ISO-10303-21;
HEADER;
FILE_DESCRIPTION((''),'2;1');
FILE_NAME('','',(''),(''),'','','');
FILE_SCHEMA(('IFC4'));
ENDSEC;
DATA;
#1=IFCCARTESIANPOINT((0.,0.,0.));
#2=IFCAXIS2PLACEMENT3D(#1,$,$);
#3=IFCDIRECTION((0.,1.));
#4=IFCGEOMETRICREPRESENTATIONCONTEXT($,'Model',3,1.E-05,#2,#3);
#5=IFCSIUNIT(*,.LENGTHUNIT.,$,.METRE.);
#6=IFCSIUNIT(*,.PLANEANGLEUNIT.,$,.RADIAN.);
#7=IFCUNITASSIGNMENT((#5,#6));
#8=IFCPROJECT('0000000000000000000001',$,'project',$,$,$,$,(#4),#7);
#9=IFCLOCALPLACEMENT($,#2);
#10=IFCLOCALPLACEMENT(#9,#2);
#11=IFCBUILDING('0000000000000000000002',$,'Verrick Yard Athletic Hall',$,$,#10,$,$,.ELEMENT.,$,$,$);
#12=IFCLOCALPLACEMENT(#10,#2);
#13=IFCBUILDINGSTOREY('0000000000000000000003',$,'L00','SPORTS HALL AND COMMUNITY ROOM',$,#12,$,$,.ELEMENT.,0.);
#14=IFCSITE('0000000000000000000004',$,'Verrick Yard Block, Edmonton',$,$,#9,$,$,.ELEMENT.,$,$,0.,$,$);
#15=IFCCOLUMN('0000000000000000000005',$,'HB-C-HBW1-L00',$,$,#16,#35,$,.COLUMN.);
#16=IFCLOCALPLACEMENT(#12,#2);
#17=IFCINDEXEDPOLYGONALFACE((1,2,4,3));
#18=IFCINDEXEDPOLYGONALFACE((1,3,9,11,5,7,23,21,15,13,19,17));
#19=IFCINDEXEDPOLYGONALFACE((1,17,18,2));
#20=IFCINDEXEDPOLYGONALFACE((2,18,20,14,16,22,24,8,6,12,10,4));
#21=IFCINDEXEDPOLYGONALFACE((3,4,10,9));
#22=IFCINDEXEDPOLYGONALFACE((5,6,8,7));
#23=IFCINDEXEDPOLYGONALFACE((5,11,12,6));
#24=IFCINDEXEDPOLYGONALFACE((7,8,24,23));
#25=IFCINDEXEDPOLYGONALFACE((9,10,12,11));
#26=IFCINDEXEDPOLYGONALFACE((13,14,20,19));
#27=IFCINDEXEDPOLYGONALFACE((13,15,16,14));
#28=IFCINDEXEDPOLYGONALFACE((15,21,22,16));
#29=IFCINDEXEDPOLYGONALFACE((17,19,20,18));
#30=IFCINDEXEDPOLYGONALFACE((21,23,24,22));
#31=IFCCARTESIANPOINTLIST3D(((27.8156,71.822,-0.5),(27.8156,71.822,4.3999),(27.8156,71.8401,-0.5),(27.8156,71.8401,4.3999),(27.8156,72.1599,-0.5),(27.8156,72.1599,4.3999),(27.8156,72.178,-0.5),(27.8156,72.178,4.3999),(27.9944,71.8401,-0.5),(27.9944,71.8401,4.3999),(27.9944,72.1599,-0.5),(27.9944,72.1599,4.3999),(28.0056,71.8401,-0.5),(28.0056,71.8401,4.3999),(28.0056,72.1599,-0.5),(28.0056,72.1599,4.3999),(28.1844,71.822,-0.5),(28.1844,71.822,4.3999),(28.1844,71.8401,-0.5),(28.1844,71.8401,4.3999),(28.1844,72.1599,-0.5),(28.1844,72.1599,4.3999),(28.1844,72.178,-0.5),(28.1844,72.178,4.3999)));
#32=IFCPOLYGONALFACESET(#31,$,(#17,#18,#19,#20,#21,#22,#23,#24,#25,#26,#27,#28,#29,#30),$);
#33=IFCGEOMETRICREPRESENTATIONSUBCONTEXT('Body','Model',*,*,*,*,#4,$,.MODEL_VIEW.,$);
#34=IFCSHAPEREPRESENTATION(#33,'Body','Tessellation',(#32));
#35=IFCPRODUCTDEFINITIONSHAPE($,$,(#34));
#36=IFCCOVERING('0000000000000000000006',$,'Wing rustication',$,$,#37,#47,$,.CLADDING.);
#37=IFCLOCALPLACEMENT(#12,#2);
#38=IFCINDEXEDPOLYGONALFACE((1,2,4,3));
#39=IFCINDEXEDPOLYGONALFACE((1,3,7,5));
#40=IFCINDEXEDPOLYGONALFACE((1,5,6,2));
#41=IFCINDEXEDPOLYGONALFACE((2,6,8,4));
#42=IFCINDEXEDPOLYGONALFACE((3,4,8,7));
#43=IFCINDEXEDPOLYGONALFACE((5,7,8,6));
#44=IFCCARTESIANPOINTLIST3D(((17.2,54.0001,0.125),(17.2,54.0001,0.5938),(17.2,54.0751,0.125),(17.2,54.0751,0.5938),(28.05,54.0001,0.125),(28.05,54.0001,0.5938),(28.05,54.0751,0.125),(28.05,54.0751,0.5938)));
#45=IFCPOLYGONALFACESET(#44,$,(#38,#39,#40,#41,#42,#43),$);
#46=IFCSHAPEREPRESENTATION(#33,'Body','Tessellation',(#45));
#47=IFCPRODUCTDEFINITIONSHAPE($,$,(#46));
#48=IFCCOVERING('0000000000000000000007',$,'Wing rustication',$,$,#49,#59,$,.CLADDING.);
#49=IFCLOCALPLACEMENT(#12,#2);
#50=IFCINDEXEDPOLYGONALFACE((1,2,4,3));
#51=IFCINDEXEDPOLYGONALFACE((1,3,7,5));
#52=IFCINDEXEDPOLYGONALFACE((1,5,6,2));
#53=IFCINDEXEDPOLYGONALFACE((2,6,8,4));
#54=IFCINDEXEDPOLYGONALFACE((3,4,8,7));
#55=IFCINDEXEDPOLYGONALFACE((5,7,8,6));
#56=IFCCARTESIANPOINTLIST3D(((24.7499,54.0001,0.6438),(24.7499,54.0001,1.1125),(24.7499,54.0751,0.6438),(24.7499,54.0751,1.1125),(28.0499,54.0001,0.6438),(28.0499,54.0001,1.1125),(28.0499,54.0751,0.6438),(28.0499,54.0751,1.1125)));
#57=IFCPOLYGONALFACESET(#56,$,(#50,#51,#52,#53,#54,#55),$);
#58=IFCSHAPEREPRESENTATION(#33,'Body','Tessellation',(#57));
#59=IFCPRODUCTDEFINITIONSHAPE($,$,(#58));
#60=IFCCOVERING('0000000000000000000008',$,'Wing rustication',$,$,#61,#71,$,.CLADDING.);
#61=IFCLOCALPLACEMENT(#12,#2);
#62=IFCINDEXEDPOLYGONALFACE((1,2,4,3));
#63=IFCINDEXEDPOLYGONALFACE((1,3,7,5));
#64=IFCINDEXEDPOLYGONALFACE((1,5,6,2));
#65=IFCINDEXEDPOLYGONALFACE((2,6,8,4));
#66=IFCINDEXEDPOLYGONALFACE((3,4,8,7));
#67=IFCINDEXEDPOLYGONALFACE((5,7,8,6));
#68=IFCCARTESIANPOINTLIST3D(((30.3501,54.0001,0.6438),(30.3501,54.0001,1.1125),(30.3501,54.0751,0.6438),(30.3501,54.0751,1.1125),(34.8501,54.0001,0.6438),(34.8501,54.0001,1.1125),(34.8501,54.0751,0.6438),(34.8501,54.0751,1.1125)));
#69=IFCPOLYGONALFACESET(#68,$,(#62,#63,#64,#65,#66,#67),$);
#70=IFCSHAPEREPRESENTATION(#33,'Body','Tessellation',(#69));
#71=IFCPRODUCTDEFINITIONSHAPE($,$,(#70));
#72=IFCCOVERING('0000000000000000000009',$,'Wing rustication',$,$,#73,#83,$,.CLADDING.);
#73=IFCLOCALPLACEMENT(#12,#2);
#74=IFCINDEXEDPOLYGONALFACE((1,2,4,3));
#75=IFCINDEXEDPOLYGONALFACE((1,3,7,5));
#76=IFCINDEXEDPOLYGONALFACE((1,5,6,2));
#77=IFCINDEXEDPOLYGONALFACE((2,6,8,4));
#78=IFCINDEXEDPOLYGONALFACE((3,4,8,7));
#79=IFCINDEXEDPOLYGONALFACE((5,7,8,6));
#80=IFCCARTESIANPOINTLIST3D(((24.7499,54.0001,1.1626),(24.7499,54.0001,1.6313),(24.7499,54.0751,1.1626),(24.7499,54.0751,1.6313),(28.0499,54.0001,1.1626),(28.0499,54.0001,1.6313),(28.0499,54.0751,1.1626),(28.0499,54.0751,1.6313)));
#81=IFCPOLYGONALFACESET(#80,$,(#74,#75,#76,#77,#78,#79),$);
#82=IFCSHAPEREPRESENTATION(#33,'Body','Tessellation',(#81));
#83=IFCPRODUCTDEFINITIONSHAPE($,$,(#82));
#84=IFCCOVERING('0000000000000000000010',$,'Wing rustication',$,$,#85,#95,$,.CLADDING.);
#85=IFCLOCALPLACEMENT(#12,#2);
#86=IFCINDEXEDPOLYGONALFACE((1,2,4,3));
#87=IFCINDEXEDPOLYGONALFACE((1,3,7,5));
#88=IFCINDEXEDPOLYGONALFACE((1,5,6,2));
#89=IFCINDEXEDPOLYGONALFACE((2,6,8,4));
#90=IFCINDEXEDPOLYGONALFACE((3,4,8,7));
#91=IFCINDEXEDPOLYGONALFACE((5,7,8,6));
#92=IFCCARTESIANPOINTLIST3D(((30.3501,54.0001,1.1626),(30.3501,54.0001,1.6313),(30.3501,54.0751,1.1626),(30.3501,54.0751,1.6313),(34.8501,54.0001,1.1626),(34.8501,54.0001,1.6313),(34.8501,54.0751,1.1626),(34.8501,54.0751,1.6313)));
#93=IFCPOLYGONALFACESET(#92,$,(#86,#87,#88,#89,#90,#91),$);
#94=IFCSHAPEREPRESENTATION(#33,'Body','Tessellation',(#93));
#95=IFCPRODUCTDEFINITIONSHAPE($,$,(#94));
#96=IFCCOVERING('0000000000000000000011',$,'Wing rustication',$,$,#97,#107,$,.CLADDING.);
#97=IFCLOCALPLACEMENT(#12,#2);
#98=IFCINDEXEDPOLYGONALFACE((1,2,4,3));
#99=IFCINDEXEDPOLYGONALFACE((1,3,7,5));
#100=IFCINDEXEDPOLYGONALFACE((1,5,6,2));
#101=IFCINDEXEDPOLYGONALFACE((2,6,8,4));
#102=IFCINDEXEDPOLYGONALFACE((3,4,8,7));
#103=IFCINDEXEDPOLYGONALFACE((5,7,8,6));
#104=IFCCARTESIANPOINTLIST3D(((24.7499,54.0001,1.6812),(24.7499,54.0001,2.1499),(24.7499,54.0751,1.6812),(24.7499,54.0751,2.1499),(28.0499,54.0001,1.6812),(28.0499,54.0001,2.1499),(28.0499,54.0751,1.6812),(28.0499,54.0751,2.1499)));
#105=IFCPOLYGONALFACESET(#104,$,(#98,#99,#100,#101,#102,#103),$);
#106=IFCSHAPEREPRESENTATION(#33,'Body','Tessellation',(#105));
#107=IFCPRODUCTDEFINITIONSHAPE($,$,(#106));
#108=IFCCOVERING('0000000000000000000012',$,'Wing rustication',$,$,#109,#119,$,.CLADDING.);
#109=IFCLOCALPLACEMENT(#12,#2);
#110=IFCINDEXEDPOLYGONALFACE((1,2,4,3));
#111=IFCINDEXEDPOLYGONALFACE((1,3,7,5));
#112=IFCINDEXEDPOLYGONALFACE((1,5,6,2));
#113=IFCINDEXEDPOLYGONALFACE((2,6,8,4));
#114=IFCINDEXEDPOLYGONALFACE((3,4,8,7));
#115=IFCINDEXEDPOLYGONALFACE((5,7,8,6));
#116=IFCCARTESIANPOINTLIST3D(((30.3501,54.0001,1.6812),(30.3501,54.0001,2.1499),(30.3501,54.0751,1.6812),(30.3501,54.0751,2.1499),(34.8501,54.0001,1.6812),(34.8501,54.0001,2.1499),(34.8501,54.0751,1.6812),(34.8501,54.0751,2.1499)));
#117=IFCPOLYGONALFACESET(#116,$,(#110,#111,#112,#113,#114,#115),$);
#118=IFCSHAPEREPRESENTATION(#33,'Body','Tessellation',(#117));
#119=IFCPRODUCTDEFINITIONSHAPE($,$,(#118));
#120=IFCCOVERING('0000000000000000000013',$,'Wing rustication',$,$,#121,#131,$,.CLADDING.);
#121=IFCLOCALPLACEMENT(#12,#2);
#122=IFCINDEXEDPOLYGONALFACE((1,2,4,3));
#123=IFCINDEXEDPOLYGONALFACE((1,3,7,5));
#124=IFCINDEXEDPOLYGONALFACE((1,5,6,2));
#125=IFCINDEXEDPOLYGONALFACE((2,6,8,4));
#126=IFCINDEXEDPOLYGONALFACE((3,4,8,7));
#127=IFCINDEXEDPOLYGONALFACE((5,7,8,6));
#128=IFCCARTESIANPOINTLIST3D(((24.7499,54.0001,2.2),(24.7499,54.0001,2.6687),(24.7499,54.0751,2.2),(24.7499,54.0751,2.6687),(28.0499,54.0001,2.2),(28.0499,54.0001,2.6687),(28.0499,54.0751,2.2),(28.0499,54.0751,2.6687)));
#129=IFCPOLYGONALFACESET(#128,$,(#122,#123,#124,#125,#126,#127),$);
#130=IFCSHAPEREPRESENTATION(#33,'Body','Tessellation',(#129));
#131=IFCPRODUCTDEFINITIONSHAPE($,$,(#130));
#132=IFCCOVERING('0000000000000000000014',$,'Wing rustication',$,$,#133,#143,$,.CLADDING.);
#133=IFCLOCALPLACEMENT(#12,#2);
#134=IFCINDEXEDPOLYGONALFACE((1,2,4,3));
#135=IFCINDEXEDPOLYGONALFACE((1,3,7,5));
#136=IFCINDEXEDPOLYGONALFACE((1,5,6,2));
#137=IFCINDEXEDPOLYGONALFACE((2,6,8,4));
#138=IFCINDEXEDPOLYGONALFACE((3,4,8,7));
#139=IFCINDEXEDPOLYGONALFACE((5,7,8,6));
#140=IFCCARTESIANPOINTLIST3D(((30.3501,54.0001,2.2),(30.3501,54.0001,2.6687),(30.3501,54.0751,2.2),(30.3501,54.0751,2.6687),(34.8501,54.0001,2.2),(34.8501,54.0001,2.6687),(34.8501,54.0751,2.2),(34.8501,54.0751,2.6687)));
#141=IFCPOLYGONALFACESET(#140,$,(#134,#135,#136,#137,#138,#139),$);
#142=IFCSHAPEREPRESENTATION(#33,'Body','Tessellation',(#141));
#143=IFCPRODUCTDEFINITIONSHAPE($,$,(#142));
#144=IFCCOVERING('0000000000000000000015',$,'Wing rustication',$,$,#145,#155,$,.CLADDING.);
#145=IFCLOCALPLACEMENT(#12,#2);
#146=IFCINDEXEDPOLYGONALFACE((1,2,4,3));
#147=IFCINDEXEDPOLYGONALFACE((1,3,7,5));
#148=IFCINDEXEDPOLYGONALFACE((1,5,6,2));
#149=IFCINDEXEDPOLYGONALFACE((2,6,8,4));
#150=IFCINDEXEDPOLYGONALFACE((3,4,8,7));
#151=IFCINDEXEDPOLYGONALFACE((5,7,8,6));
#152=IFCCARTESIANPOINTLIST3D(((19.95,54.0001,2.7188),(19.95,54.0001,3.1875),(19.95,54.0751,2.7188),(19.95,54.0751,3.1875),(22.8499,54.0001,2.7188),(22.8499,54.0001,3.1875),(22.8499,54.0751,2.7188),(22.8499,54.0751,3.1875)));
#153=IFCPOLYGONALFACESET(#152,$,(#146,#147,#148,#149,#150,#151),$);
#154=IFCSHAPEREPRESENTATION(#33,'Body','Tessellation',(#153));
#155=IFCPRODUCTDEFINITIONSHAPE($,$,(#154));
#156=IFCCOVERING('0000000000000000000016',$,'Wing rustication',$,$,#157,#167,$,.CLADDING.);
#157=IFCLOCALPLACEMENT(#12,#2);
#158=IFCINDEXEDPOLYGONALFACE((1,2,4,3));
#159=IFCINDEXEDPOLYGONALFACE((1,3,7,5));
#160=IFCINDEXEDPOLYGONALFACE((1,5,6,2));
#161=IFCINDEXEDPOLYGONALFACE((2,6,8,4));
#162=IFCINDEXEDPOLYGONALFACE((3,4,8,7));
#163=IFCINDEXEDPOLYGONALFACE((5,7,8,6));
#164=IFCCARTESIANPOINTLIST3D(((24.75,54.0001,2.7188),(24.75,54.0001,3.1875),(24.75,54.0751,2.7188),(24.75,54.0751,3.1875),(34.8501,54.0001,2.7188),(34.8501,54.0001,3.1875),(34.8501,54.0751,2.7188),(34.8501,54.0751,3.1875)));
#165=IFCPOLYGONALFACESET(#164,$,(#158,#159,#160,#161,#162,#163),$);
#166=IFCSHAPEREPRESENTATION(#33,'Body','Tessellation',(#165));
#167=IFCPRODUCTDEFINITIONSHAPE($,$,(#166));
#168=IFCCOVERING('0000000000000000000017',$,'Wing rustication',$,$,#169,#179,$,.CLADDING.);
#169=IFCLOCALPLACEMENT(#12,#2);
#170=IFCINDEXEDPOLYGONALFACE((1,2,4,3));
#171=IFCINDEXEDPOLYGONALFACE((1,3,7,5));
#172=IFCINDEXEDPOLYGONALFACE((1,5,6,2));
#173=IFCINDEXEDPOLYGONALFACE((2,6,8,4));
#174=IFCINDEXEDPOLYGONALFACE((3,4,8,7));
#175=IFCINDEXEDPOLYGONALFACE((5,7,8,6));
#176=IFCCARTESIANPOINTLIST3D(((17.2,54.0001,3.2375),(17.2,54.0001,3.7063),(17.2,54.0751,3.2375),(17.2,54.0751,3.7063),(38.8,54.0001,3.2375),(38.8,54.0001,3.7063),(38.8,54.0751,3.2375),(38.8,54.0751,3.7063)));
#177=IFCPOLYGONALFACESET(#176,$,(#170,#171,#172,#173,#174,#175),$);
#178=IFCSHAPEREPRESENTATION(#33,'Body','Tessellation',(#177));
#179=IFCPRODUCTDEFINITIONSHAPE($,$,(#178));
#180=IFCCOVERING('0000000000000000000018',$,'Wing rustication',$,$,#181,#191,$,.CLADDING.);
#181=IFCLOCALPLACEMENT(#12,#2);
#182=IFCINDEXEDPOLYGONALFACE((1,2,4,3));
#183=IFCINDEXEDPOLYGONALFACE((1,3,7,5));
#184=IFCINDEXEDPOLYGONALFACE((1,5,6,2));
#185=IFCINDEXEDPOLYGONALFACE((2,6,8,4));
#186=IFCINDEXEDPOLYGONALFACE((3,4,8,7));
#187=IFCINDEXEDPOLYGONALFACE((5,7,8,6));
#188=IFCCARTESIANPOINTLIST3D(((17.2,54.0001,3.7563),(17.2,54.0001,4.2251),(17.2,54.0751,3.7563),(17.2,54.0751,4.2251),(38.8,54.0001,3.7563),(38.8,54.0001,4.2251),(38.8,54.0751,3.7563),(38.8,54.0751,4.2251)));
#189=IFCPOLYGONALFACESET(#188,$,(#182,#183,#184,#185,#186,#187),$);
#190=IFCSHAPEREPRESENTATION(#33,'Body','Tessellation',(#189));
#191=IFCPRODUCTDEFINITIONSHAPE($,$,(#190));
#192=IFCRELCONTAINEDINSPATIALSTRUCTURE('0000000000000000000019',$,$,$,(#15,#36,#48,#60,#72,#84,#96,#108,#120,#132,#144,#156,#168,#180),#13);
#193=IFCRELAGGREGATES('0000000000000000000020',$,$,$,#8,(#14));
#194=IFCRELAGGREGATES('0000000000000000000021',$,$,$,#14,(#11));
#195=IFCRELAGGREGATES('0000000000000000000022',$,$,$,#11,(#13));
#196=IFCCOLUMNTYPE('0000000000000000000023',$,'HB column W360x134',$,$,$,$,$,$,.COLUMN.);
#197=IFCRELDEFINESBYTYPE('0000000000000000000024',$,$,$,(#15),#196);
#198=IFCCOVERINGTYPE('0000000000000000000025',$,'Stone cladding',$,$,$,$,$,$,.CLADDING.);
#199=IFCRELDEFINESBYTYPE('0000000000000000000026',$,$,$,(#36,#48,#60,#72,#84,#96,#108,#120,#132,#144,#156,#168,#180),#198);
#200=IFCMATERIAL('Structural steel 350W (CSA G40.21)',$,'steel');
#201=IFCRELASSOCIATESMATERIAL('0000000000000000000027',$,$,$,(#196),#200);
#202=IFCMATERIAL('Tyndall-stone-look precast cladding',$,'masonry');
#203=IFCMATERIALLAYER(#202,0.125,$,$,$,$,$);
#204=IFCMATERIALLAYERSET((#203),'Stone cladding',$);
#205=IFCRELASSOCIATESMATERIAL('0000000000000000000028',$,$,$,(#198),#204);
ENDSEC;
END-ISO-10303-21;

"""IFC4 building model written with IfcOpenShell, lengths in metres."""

from ifc_helpers import new_model, si_unit, direction, frame, origin, origin_2d, place, context, subcontext, project, spatial, rectangle, i_section, extrude, material, layer, layer_set, material_profile, profile_set, type_object, element, save


model = new_model("IFC4")

# Units and contexts
model_context = context("Model", 3, precision=1e-05, world=origin(), true_north=direction((0.0, 1.0)))
body_context = subcontext(model_context, "Body", "Model", "MODEL_VIEW")
ifc_project = project(units=[si_unit("LENGTHUNIT", "METRE"), si_unit("PLANEANGLEUNIT", "RADIAN")], contexts=[model_context])

# Site, building, storey
site_placement = place(None, origin())
site = spatial("IfcSite", under=ifc_project, at=site_placement, Name="Verrick Yard Block, Edmonton", CompositionType="ELEMENT", RefElevation=0.0)
building_placement = place(site_placement, origin())
building = spatial("IfcBuilding", under=site, at=building_placement, Name="Verrick Yard Athletic Hall", CompositionType="ELEMENT")
storey_placement = place(building_placement, origin())
storey = spatial("IfcBuildingStorey", under=building, at=storey_placement, Name="L00", Description="SPORTS HALL AND COMMUNITY ROOM", CompositionType="ELEMENT", Elevation=0.0)

# Column
ifc_material_1 = material(Name="Structural steel 350W (CSA G40.21)", Category="steel")
ifc_material_profile_1 = material_profile(ifc_material_1, i_section(OverallWidth=0.3689, OverallDepth=0.356, WebThickness=0.0112, FlangeThickness=0.0181, at=origin_2d()), Name="W360x134")
ifc_profile_set_1 = profile_set([ifc_material_profile_1], Name="Structural steel 350W (CSA G40.21)")
column_type = type_object("IfcColumnType", Name="HB column W360x134", PredefinedType="COLUMN", material=ifc_profile_set_1)
column_placement = place(storey_placement, frame((28.0, 72.0, -0.5), z_axis=(0.0, 0.0, 1.0), x_axis=(1.0, 0.0, 0.0)))
element("IfcColumn", 1, at=column_placement, inside=storey, type_object=column_type, Name="HB-C-HBW1-L00", PredefinedType="COLUMN", context=body_context, shape_type="SweptSolid", body=[
    extrude(i_section(OverallWidth=0.3689, OverallDepth=0.356, WebThickness=0.0112, FlangeThickness=0.0181, at=origin_2d()), origin(), (0.0, 0.0, 1.0), 4.8999),
])

# Coverings
ifc_material_2 = material(Name="Tyndall-stone-look precast cladding", Category="masonry")
ifc_layer_1 = layer(ifc_material_2, 0.125)
ifc_layer_set_1 = layer_set([ifc_layer_1], Name="Stone cladding")
covering_type_1 = type_object("IfcCoveringType", Name="Stone cladding", PredefinedType="CLADDING", material=ifc_layer_set_1)
covering_1_placement = place(storey_placement, frame((22.625, 54.0376, 0.125), z_axis=(0.0, 0.0, 1.0), x_axis=(1.0, 0.0, 0.0)))
element("IfcCovering", 2, at=covering_1_placement, inside=storey, type_object=covering_type_1, Name="Wing rustication", PredefinedType="CLADDING", context=body_context, shape_type="SweptSolid", body=[
    extrude(rectangle(XDim=10.8501, YDim=0.075, at=origin_2d()), origin(), (0.0, 0.0, 1.0), 0.4688),
])
covering_2_placement = place(storey_placement, frame((26.3999, 54.0376, 0.6438), z_axis=(0.0, 0.0, 1.0), x_axis=(1.0, 0.0, 0.0)))
element("IfcCovering", 3, at=covering_2_placement, inside=storey, type_object=covering_type_1, Name="Wing rustication", PredefinedType="CLADDING", context=body_context, shape_type="SweptSolid", body=[
    extrude(rectangle(XDim=3.3, YDim=0.075, at=origin_2d()), origin(), (0.0, 0.0, 1.0), 0.4688),
])
covering_3_placement = place(storey_placement, frame((32.6001, 54.0376, 0.6438), z_axis=(0.0, 0.0, 1.0), x_axis=(1.0, 0.0, 0.0)))
element("IfcCovering", 4, at=covering_3_placement, inside=storey, type_object=covering_type_1, Name="Wing rustication", PredefinedType="CLADDING", context=body_context, shape_type="SweptSolid", body=[
    extrude(rectangle(XDim=4.5, YDim=0.075, at=origin_2d()), origin(), (0.0, 0.0, 1.0), 0.4688),
])
covering_4_placement = place(storey_placement, frame((26.3999, 54.0376, 1.1626), z_axis=(0.0, 0.0, 1.0), x_axis=(1.0, 0.0, 0.0)))
element("IfcCovering", 5, at=covering_4_placement, inside=storey, type_object=covering_type_1, Name="Wing rustication", PredefinedType="CLADDING", context=body_context, shape_type="SweptSolid", body=[
    extrude(rectangle(XDim=3.3, YDim=0.075, at=origin_2d()), origin(), (0.0, 0.0, 1.0), 0.4688),
])
covering_5_placement = place(storey_placement, frame((32.6001, 54.0376, 1.1626), z_axis=(0.0, 0.0, 1.0), x_axis=(1.0, 0.0, 0.0)))
element("IfcCovering", 6, at=covering_5_placement, inside=storey, type_object=covering_type_1, Name="Wing rustication", PredefinedType="CLADDING", context=body_context, shape_type="SweptSolid", body=[
    extrude(rectangle(XDim=4.5, YDim=0.075, at=origin_2d()), origin(), (0.0, 0.0, 1.0), 0.4688),
])
covering_6_placement = place(storey_placement, frame((26.3999, 54.0376, 1.6812), z_axis=(0.0, 0.0, 1.0), x_axis=(1.0, 0.0, 0.0)))
element("IfcCovering", 7, at=covering_6_placement, inside=storey, type_object=covering_type_1, Name="Wing rustication", PredefinedType="CLADDING", context=body_context, shape_type="SweptSolid", body=[
    extrude(rectangle(XDim=3.3, YDim=0.075, at=origin_2d()), origin(), (0.0, 0.0, 1.0), 0.4688),
])
covering_7_placement = place(storey_placement, frame((32.6001, 54.0376, 1.6812), z_axis=(0.0, 0.0, 1.0), x_axis=(1.0, 0.0, 0.0)))
element("IfcCovering", 8, at=covering_7_placement, inside=storey, type_object=covering_type_1, Name="Wing rustication", PredefinedType="CLADDING", context=body_context, shape_type="SweptSolid", body=[
    extrude(rectangle(XDim=4.5, YDim=0.075, at=origin_2d()), origin(), (0.0, 0.0, 1.0), 0.4688),
])
covering_8_placement = place(storey_placement, frame((26.3999, 54.0376, 2.2), z_axis=(0.0, 0.0, 1.0), x_axis=(1.0, 0.0, 0.0)))
element("IfcCovering", 9, at=covering_8_placement, inside=storey, type_object=covering_type_1, Name="Wing rustication", PredefinedType="CLADDING", context=body_context, shape_type="SweptSolid", body=[
    extrude(rectangle(XDim=3.3, YDim=0.075, at=origin_2d()), origin(), (0.0, 0.0, 1.0), 0.4688),
])
covering_9_placement = place(storey_placement, frame((32.6001, 54.0376, 2.2), z_axis=(0.0, 0.0, 1.0), x_axis=(1.0, 0.0, 0.0)))
element("IfcCovering", 10, at=covering_9_placement, inside=storey, type_object=covering_type_1, Name="Wing rustication", PredefinedType="CLADDING", context=body_context, shape_type="SweptSolid", body=[
    extrude(rectangle(XDim=4.5, YDim=0.075, at=origin_2d()), origin(), (0.0, 0.0, 1.0), 0.4688),
])
covering_10_placement = place(storey_placement, frame((21.3999, 54.0376, 2.7188), z_axis=(0.0, 0.0, 1.0), x_axis=(1.0, 0.0, 0.0)))
element("IfcCovering", 11, at=covering_10_placement, inside=storey, type_object=covering_type_1, Name="Wing rustication", PredefinedType="CLADDING", context=body_context, shape_type="SweptSolid", body=[
    extrude(rectangle(XDim=2.8999, YDim=0.075, at=origin_2d()), origin(), (0.0, 0.0, 1.0), 0.4688),
])
covering_11_placement = place(storey_placement, frame((29.8, 54.0376, 2.7188), z_axis=(0.0, 0.0, 1.0), x_axis=(1.0, 0.0, 0.0)))
element("IfcCovering", 12, at=covering_11_placement, inside=storey, type_object=covering_type_1, Name="Wing rustication", PredefinedType="CLADDING", context=body_context, shape_type="SweptSolid", body=[
    extrude(rectangle(XDim=10.1001, YDim=0.075, at=origin_2d()), origin(), (0.0, 0.0, 1.0), 0.4688),
])
for number, where, z_axis, x_axis, name in (
    (13, (28.0, 54.0376, 3.2375), (0.0, 0.0, 1.0), (1.0, 0.0, 0.0), "Wing rustication"),
    (14, (28.0, 54.0376, 3.7563), (0.0, 0.0, 1.0), (1.0, 0.0, 0.0), "Wing rustication"),
):
    element("IfcCovering", number, at=place(storey_placement, frame(where, z_axis=z_axis, x_axis=x_axis)), inside=storey, type_object=covering_type_1, Name=name, PredefinedType="CLADDING", context=body_context, shape_type="SweptSolid", body=[
        extrude(rectangle(XDim=21.6001, YDim=0.075, at=origin_2d()), origin(), (0.0, 0.0, 1.0), 0.4688),
    ])

save(model, "model.ifc")
